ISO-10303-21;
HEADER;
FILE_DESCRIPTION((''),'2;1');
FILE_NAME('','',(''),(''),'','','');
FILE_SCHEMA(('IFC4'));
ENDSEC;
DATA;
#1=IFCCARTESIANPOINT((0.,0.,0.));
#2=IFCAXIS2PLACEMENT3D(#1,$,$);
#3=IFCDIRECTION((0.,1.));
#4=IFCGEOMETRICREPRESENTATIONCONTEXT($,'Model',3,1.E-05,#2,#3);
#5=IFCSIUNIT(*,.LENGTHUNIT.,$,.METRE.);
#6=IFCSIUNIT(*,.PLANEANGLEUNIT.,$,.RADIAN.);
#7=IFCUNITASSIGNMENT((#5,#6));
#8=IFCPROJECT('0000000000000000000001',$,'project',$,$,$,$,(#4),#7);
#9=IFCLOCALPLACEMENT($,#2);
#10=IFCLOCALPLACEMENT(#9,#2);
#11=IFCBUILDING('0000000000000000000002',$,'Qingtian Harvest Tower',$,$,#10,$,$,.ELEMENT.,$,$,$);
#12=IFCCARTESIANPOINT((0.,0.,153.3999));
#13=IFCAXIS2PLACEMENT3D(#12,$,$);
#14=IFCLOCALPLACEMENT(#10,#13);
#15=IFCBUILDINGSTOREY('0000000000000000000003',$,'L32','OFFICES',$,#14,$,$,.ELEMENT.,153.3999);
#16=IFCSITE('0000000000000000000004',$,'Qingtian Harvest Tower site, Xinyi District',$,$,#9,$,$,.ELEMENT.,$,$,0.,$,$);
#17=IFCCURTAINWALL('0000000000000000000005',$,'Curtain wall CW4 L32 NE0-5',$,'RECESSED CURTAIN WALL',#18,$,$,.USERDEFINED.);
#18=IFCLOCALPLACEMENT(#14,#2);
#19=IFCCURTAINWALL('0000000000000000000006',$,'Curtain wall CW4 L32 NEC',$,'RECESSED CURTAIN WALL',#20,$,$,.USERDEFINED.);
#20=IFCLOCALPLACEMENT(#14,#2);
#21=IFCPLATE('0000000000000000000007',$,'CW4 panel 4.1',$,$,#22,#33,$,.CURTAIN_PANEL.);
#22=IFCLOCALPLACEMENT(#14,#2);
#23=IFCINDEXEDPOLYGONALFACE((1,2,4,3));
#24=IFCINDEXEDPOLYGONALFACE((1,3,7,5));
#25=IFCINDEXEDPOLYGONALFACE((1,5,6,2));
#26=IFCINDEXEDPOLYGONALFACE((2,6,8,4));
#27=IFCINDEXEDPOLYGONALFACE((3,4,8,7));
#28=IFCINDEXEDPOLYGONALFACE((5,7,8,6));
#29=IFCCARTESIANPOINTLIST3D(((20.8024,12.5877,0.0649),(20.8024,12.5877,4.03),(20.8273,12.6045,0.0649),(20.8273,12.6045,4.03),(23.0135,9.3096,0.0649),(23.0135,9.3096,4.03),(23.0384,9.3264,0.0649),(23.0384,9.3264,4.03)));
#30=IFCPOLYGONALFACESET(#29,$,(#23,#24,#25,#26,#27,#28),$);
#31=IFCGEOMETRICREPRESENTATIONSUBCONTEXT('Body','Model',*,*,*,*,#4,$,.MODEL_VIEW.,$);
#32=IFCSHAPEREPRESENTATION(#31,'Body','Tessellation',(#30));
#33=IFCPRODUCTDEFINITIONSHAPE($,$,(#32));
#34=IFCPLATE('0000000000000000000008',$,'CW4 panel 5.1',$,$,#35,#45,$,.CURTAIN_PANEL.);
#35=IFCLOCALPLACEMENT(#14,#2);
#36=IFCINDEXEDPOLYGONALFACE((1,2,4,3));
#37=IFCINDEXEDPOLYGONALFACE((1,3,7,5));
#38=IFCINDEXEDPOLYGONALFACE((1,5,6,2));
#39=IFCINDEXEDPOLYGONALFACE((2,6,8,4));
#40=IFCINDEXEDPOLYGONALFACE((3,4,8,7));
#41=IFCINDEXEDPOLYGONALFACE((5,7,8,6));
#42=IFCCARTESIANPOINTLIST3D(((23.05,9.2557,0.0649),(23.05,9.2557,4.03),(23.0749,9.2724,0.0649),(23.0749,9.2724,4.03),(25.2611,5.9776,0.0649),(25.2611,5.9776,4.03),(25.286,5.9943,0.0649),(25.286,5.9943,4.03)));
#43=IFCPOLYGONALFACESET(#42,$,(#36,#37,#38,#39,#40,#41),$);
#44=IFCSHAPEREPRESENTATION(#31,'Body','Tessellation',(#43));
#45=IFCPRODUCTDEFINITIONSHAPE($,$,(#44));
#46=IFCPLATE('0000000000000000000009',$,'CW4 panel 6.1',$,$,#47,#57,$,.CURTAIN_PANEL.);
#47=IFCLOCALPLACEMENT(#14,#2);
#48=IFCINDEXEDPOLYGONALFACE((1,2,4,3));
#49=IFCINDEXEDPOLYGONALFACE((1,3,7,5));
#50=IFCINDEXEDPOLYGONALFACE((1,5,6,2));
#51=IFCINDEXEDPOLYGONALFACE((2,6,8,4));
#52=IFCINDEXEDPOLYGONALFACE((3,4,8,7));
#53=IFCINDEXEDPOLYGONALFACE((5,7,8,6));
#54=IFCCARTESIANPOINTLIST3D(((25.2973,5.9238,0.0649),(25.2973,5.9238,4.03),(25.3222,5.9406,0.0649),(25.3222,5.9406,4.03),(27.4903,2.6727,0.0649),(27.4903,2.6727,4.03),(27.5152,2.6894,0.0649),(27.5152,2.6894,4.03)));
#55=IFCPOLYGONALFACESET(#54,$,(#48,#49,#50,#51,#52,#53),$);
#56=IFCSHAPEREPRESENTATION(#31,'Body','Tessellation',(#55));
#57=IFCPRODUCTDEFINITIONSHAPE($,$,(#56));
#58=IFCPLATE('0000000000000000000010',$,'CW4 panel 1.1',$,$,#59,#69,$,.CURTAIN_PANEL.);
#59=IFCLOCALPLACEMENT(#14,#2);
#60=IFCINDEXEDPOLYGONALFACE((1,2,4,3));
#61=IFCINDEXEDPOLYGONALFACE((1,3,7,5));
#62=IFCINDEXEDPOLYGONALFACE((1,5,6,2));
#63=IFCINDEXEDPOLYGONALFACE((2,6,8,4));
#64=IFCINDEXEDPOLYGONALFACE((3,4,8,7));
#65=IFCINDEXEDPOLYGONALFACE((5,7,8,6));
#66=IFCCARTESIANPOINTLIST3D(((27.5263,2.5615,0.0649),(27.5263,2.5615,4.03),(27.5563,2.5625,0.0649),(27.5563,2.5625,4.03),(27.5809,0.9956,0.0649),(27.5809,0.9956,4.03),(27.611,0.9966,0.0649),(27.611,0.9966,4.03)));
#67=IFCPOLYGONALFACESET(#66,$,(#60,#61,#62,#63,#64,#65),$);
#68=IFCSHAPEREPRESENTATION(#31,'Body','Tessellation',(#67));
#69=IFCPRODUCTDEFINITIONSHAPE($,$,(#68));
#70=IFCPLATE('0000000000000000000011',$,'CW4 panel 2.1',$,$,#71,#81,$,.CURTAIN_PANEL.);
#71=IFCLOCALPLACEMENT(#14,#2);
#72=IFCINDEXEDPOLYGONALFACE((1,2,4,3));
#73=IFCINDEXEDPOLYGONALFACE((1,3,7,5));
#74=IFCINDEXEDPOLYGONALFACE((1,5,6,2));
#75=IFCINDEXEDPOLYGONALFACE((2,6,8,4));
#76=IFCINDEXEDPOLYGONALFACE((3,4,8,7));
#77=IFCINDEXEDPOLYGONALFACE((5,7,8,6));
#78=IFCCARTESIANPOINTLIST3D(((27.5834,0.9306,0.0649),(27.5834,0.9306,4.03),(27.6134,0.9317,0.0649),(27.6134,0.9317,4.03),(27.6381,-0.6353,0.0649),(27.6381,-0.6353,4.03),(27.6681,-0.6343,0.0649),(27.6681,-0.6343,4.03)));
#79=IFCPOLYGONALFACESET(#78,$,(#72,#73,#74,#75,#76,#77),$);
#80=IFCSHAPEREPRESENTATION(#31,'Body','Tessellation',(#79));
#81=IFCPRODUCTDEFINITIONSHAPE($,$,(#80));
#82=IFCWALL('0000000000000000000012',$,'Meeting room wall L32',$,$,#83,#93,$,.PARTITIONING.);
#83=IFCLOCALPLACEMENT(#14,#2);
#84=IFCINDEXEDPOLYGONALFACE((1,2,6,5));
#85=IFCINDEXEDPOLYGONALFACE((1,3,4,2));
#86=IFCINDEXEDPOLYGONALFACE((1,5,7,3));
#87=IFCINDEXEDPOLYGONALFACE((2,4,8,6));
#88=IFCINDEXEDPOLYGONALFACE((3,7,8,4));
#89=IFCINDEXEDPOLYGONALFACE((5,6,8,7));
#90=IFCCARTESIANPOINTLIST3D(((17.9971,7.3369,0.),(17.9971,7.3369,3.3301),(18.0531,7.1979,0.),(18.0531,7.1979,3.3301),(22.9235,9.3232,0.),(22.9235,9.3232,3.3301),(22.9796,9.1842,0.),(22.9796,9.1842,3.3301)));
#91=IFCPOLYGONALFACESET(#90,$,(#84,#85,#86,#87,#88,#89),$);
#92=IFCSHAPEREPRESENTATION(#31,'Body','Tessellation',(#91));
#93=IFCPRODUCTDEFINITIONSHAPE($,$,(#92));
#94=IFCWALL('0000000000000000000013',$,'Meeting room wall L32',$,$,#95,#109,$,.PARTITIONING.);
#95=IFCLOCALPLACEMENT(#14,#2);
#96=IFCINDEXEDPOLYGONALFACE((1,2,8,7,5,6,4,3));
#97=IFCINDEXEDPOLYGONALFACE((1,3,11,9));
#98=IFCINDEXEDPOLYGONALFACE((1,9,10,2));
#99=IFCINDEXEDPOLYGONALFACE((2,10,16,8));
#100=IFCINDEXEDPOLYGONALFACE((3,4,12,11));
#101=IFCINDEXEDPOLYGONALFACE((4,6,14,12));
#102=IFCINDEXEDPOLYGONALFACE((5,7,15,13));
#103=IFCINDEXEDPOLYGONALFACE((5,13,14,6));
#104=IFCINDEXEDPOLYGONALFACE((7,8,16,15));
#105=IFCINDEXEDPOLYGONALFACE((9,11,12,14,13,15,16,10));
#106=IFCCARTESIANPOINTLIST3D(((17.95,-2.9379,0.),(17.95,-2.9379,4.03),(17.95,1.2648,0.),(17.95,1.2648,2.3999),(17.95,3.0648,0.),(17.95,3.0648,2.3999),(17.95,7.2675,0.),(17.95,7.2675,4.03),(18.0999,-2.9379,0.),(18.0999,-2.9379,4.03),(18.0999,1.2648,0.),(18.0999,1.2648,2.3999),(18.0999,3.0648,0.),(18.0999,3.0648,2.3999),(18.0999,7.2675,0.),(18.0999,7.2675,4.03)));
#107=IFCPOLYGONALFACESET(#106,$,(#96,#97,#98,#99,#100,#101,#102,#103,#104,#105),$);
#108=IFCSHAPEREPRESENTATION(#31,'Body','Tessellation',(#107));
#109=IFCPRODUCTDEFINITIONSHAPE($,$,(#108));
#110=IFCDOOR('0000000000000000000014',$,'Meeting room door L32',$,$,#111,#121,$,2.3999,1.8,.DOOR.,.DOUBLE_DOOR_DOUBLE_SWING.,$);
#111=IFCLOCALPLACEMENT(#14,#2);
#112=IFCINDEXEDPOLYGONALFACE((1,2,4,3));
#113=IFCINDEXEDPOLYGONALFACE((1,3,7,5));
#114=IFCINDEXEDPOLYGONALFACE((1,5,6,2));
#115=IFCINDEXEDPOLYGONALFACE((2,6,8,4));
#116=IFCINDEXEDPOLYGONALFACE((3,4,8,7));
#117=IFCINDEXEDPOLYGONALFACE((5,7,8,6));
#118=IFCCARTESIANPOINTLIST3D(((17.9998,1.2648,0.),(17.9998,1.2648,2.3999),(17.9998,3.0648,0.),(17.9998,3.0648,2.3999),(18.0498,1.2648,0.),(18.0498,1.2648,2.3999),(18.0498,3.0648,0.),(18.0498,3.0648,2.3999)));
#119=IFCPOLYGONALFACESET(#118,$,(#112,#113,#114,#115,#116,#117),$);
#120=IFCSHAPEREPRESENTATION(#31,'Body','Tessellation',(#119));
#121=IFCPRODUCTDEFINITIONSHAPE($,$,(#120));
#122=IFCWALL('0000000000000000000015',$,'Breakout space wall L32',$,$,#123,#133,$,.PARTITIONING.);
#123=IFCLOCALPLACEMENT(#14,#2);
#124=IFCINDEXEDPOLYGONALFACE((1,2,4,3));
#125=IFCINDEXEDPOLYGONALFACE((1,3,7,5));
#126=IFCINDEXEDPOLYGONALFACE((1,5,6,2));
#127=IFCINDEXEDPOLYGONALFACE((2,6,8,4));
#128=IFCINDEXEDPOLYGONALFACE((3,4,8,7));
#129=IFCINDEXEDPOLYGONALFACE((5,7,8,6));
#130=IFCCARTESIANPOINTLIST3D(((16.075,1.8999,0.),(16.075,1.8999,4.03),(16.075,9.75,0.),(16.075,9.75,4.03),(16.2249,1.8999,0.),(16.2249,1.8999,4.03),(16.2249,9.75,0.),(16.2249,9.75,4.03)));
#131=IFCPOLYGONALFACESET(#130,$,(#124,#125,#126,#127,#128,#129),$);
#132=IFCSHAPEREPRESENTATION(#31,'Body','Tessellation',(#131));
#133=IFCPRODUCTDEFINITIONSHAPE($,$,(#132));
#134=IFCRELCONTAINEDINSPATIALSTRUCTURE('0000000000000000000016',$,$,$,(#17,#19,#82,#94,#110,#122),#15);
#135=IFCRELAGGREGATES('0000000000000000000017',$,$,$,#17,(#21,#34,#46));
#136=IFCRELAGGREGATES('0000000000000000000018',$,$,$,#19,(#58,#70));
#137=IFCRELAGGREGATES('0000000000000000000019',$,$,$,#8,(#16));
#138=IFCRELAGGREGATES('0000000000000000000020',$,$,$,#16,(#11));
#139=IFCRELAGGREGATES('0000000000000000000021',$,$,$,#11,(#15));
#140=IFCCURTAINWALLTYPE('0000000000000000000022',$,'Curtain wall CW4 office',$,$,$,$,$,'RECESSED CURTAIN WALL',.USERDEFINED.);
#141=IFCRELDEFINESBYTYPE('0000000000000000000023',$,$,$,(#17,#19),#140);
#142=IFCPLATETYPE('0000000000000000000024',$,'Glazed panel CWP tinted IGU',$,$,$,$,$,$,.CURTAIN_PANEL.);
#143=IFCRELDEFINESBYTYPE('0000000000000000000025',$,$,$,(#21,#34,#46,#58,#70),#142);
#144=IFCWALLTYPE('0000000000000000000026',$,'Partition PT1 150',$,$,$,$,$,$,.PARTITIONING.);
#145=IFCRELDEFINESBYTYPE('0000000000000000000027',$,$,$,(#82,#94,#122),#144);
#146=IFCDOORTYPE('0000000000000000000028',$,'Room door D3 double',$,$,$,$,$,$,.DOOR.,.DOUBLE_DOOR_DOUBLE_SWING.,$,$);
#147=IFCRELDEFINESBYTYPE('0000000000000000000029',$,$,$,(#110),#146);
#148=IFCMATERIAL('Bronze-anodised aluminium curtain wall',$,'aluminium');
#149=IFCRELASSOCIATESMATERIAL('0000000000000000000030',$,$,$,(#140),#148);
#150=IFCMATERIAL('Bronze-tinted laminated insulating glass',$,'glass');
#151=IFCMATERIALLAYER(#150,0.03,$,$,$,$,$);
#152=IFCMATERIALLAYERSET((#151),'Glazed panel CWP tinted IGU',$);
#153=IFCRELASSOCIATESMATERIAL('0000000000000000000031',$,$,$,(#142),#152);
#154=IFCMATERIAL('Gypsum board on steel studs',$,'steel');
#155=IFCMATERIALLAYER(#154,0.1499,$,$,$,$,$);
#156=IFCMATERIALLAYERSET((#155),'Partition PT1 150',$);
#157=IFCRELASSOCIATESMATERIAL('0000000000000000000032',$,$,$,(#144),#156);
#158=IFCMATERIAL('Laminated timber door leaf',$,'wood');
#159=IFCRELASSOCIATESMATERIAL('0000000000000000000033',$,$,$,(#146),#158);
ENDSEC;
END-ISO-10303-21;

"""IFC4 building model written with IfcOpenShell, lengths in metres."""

from ifc_helpers import new_model, si_unit, direction, frame, frame_2d, origin, origin_2d, place, context, subcontext, project, spatial, rectangle, extrude, material, layer, layer_set, type_object, element, fill, aggregate, save


model = new_model("IFC4")

# Units and contexts
model_context = context("Model", 3, precision=1e-05, world=origin(), true_north=direction((0.0, 1.0)))
body_context = subcontext(model_context, "Body", "Model", "MODEL_VIEW")
ifc_project = project(units=[si_unit("LENGTHUNIT", "METRE"), si_unit("PLANEANGLEUNIT", "RADIAN")], contexts=[model_context])

# Site, building, storey
site_placement = place(None, origin())
site = spatial("IfcSite", under=ifc_project, at=site_placement, Name="Qingtian Harvest Tower site, Xinyi District", CompositionType="ELEMENT", RefElevation=0.0)
building_placement = place(site_placement, origin())
building = spatial("IfcBuilding", under=site, at=building_placement, Name="Qingtian Harvest Tower", CompositionType="ELEMENT")
storey_placement = place(building_placement, frame((0.0, 0.0, 153.3999)))
storey = spatial("IfcBuildingStorey", under=building, at=storey_placement, Name="L32", Description="OFFICES", CompositionType="ELEMENT", Elevation=153.3999)

# Curtain walls
ifc_material_1 = material(Name="Bronze-anodised aluminium curtain wall", Category="aluminium")
curtain_wall_type = type_object("IfcCurtainWallType", Name="Curtain wall CW4 office", ElementType="RECESSED CURTAIN WALL", PredefinedType="USERDEFINED", material=ifc_material_1)
curtain_wall_1_placement = place(storey_placement, origin())
curtain_wall_1 = element("IfcCurtainWall", 1, at=curtain_wall_1_placement, inside=storey, type_object=curtain_wall_type, Name="Curtain wall CW4 L32 NE0-5", ObjectType="RECESSED CURTAIN WALL", PredefinedType="USERDEFINED")
curtain_wall_2_placement = place(storey_placement, origin())
curtain_wall_2 = element("IfcCurtainWall", 2, at=curtain_wall_2_placement, inside=storey, type_object=curtain_wall_type, Name="Curtain wall CW4 L32 NEC", ObjectType="RECESSED CURTAIN WALL", PredefinedType="USERDEFINED")

# Plates
ifc_material_2 = material(Name="Bronze-tinted laminated insulating glass", Category="glass")
ifc_layer_1 = layer(ifc_material_2, 0.03)
ifc_layer_set_1 = layer_set([ifc_layer_1], Name="Glazed panel CWP tinted IGU")
plate_type = type_object("IfcPlateType", Name="Glazed panel CWP tinted IGU", PredefinedType="CURTAIN_PANEL", material=ifc_layer_set_1)
plate_1_placement = place(storey_placement, frame((21.9204, 10.957, 0.0649), z_axis=(0.0, 0.0, 1.0), x_axis=(0.559193, -0.829038, 0.0)))
plate_1 = element("IfcPlate", 3, at=plate_1_placement, type_object=plate_type, Name="CW4 panel 4.1", PredefinedType="CURTAIN_PANEL", context=body_context, shape_type="SweptSolid", body=[
    extrude(rectangle(XDim=3.9541, YDim=0.03, at=origin_2d()), origin(), (0.0, 0.0, 1.0), 3.9651),
])
plate_2_placement = place(storey_placement, frame((24.168, 7.625, 0.0649), z_axis=(0.0, 0.0, 1.0), x_axis=(0.559193, -0.829038, 0.0)))
plate_2 = element("IfcPlate", 4, at=plate_2_placement, type_object=plate_type, Name="CW4 panel 5.1", PredefinedType="CURTAIN_PANEL", context=body_context, shape_type="SweptSolid", body=[
    extrude(rectangle(XDim=3.9541, YDim=0.03, at=origin_2d()), origin(), (0.0, 0.0, 1.0), 3.9651),
])
plate_3_placement = place(storey_placement, frame((26.4062, 4.3066, 0.0649), z_axis=(0.0, 0.0, 1.0), x_axis=(0.559193, -0.829038, 0.0)))
plate_3 = element("IfcPlate", 5, at=plate_3_placement, type_object=plate_type, Name="CW4 panel 6.1", PredefinedType="CURTAIN_PANEL", context=body_context, shape_type="SweptSolid", body=[
    extrude(rectangle(XDim=3.9216, YDim=0.03, at=origin_2d()), origin(), (0.0, 0.0, 1.0), 3.9651),
])
aggregate(curtain_wall_1, [plate_1, plate_2, plate_3])
plate_4_placement = place(storey_placement, frame((27.5686, 1.7791, 0.0649), z_axis=(0.0, 0.0, 1.0), x_axis=(0.034899, -0.999391, 0.0)))
plate_4 = element("IfcPlate", 6, at=plate_4_placement, type_object=plate_type, Name="CW4 panel 1.1", PredefinedType="CURTAIN_PANEL", context=body_context, shape_type="SweptSolid", body=[
    extrude(rectangle(XDim=1.5669, YDim=0.03, at=origin_2d()), origin(), (0.0, 0.0, 1.0), 3.9651),
])
plate_5_placement = place(storey_placement, frame((27.6257, 0.1482, 0.0649), z_axis=(0.0, 0.0, 1.0), x_axis=(0.034899, -0.999391, 0.0)))
plate_5 = element("IfcPlate", 7, at=plate_5_placement, type_object=plate_type, Name="CW4 panel 2.1", PredefinedType="CURTAIN_PANEL", context=body_context, shape_type="SweptSolid", body=[
    extrude(rectangle(XDim=1.5669, YDim=0.03, at=origin_2d()), origin(), (0.0, 0.0, 1.0), 3.9651),
])
aggregate(curtain_wall_2, [plate_4, plate_5])

# Shared definitions
ifc_material_3 = material(Name="Gypsum board on steel studs", Category="steel")
ifc_layer_2 = layer(ifc_material_3, 0.1499)
ifc_layer_set_2 = layer_set([ifc_layer_2], Name="Partition PT1 150")
wall_type = type_object("IfcWallType", Name="Partition PT1 150", PredefinedType="PARTITIONING", material=ifc_layer_set_2)

# Wall
wall_1_placement = place(storey_placement, frame((22.9514, 9.2537, 0.0), z_axis=(0.0, 0.0, 1.0), x_axis=(-0.927453, -0.373941, 0.0)))
element("IfcWall", 8, at=wall_1_placement, inside=storey, type_object=wall_type, Name="Meeting room wall L32", PredefinedType="PARTITIONING", context=body_context, shape_type="SweptSolid", body=[
    extrude(rectangle(XDim=5.3118, YDim=0.1499, at=frame_2d((2.6558, 0.0))), origin(), (0.0, 0.0, 1.0), 3.3301),
])

# Wall, opening, door
wall_2_placement = place(storey_placement, frame((18.0249, 7.2673, 0.0), z_axis=(0.0, 0.0, 1.0), x_axis=(0.0, -1.0, 0.0)))
wall_2 = element("IfcWall", 9, at=wall_2_placement, inside=storey, type_object=wall_type, Name="Meeting room wall L32", PredefinedType="PARTITIONING", context=body_context, shape_type="SweptSolid", body=[
    extrude(rectangle(XDim=10.2053, YDim=0.1499, at=frame_2d((5.1025, 0.0))), origin(), (0.0, 0.0, 1.0), 4.03),
])
opening_1_placement = place(wall_2_placement, frame((4.2026, 0.0, 0.0)))
opening_1 = element("IfcOpeningElement", 10, at=opening_1_placement, cuts=wall_2, PredefinedType="OPENING", context=body_context, shape_type="SweptSolid", body=[
    extrude(rectangle(XDim=1.8, YDim=2.3999, at=frame_2d((0.8999, 1.2))), frame((0.0, 0.085, 0.0), z_axis=(0.0, -1.0, 0.0), x_axis=(1.0, 0.0, 0.0)), (0.0, 0.0, 1.0), 0.1699),
])
ifc_material_4 = material(Name="Laminated timber door leaf", Category="wood")
door_type_1 = type_object("IfcDoorType", Name="Room door D3 double", OperationType="DOUBLE_DOOR_DOUBLE_SWING", PredefinedType="DOOR", material=ifc_material_4)
door_1_placement = place(opening_1_placement, origin())
door_1 = element("IfcDoor", 11, at=door_1_placement, inside=storey, type_object=door_type_1, Name="Meeting room door L32", OperationType="DOUBLE_DOOR_DOUBLE_SWING", OverallHeight=2.3999, OverallWidth=1.8, PredefinedType="DOOR", context=body_context, shape_type="SweptSolid", body=[
    extrude(rectangle(XDim=1.8, YDim=2.3999, at=frame_2d((0.8999, 1.2))), frame((0.0, 0.0249, 0.0), z_axis=(0.0, -1.0, 0.0), x_axis=(1.0, 0.0, 0.0)), (0.0, 0.0, 1.0), 0.05),
])
fill(opening_1, door_1)

# Wall
wall_3_placement = place(storey_placement, frame((16.1499, 1.8999, 0.0), z_axis=(0.0, 0.0, 1.0), x_axis=(0.0, 1.0, 0.0)))
element("IfcWall", 12, at=wall_3_placement, inside=storey, type_object=wall_type, Name="Breakout space wall L32", PredefinedType="PARTITIONING", context=body_context, shape_type="SweptSolid", body=[
    extrude(rectangle(XDim=7.8501, YDim=0.1499, at=frame_2d((3.925, 0.0))), origin(), (0.0, 0.0, 1.0), 4.03),
])

save(model, "model.ifc")
